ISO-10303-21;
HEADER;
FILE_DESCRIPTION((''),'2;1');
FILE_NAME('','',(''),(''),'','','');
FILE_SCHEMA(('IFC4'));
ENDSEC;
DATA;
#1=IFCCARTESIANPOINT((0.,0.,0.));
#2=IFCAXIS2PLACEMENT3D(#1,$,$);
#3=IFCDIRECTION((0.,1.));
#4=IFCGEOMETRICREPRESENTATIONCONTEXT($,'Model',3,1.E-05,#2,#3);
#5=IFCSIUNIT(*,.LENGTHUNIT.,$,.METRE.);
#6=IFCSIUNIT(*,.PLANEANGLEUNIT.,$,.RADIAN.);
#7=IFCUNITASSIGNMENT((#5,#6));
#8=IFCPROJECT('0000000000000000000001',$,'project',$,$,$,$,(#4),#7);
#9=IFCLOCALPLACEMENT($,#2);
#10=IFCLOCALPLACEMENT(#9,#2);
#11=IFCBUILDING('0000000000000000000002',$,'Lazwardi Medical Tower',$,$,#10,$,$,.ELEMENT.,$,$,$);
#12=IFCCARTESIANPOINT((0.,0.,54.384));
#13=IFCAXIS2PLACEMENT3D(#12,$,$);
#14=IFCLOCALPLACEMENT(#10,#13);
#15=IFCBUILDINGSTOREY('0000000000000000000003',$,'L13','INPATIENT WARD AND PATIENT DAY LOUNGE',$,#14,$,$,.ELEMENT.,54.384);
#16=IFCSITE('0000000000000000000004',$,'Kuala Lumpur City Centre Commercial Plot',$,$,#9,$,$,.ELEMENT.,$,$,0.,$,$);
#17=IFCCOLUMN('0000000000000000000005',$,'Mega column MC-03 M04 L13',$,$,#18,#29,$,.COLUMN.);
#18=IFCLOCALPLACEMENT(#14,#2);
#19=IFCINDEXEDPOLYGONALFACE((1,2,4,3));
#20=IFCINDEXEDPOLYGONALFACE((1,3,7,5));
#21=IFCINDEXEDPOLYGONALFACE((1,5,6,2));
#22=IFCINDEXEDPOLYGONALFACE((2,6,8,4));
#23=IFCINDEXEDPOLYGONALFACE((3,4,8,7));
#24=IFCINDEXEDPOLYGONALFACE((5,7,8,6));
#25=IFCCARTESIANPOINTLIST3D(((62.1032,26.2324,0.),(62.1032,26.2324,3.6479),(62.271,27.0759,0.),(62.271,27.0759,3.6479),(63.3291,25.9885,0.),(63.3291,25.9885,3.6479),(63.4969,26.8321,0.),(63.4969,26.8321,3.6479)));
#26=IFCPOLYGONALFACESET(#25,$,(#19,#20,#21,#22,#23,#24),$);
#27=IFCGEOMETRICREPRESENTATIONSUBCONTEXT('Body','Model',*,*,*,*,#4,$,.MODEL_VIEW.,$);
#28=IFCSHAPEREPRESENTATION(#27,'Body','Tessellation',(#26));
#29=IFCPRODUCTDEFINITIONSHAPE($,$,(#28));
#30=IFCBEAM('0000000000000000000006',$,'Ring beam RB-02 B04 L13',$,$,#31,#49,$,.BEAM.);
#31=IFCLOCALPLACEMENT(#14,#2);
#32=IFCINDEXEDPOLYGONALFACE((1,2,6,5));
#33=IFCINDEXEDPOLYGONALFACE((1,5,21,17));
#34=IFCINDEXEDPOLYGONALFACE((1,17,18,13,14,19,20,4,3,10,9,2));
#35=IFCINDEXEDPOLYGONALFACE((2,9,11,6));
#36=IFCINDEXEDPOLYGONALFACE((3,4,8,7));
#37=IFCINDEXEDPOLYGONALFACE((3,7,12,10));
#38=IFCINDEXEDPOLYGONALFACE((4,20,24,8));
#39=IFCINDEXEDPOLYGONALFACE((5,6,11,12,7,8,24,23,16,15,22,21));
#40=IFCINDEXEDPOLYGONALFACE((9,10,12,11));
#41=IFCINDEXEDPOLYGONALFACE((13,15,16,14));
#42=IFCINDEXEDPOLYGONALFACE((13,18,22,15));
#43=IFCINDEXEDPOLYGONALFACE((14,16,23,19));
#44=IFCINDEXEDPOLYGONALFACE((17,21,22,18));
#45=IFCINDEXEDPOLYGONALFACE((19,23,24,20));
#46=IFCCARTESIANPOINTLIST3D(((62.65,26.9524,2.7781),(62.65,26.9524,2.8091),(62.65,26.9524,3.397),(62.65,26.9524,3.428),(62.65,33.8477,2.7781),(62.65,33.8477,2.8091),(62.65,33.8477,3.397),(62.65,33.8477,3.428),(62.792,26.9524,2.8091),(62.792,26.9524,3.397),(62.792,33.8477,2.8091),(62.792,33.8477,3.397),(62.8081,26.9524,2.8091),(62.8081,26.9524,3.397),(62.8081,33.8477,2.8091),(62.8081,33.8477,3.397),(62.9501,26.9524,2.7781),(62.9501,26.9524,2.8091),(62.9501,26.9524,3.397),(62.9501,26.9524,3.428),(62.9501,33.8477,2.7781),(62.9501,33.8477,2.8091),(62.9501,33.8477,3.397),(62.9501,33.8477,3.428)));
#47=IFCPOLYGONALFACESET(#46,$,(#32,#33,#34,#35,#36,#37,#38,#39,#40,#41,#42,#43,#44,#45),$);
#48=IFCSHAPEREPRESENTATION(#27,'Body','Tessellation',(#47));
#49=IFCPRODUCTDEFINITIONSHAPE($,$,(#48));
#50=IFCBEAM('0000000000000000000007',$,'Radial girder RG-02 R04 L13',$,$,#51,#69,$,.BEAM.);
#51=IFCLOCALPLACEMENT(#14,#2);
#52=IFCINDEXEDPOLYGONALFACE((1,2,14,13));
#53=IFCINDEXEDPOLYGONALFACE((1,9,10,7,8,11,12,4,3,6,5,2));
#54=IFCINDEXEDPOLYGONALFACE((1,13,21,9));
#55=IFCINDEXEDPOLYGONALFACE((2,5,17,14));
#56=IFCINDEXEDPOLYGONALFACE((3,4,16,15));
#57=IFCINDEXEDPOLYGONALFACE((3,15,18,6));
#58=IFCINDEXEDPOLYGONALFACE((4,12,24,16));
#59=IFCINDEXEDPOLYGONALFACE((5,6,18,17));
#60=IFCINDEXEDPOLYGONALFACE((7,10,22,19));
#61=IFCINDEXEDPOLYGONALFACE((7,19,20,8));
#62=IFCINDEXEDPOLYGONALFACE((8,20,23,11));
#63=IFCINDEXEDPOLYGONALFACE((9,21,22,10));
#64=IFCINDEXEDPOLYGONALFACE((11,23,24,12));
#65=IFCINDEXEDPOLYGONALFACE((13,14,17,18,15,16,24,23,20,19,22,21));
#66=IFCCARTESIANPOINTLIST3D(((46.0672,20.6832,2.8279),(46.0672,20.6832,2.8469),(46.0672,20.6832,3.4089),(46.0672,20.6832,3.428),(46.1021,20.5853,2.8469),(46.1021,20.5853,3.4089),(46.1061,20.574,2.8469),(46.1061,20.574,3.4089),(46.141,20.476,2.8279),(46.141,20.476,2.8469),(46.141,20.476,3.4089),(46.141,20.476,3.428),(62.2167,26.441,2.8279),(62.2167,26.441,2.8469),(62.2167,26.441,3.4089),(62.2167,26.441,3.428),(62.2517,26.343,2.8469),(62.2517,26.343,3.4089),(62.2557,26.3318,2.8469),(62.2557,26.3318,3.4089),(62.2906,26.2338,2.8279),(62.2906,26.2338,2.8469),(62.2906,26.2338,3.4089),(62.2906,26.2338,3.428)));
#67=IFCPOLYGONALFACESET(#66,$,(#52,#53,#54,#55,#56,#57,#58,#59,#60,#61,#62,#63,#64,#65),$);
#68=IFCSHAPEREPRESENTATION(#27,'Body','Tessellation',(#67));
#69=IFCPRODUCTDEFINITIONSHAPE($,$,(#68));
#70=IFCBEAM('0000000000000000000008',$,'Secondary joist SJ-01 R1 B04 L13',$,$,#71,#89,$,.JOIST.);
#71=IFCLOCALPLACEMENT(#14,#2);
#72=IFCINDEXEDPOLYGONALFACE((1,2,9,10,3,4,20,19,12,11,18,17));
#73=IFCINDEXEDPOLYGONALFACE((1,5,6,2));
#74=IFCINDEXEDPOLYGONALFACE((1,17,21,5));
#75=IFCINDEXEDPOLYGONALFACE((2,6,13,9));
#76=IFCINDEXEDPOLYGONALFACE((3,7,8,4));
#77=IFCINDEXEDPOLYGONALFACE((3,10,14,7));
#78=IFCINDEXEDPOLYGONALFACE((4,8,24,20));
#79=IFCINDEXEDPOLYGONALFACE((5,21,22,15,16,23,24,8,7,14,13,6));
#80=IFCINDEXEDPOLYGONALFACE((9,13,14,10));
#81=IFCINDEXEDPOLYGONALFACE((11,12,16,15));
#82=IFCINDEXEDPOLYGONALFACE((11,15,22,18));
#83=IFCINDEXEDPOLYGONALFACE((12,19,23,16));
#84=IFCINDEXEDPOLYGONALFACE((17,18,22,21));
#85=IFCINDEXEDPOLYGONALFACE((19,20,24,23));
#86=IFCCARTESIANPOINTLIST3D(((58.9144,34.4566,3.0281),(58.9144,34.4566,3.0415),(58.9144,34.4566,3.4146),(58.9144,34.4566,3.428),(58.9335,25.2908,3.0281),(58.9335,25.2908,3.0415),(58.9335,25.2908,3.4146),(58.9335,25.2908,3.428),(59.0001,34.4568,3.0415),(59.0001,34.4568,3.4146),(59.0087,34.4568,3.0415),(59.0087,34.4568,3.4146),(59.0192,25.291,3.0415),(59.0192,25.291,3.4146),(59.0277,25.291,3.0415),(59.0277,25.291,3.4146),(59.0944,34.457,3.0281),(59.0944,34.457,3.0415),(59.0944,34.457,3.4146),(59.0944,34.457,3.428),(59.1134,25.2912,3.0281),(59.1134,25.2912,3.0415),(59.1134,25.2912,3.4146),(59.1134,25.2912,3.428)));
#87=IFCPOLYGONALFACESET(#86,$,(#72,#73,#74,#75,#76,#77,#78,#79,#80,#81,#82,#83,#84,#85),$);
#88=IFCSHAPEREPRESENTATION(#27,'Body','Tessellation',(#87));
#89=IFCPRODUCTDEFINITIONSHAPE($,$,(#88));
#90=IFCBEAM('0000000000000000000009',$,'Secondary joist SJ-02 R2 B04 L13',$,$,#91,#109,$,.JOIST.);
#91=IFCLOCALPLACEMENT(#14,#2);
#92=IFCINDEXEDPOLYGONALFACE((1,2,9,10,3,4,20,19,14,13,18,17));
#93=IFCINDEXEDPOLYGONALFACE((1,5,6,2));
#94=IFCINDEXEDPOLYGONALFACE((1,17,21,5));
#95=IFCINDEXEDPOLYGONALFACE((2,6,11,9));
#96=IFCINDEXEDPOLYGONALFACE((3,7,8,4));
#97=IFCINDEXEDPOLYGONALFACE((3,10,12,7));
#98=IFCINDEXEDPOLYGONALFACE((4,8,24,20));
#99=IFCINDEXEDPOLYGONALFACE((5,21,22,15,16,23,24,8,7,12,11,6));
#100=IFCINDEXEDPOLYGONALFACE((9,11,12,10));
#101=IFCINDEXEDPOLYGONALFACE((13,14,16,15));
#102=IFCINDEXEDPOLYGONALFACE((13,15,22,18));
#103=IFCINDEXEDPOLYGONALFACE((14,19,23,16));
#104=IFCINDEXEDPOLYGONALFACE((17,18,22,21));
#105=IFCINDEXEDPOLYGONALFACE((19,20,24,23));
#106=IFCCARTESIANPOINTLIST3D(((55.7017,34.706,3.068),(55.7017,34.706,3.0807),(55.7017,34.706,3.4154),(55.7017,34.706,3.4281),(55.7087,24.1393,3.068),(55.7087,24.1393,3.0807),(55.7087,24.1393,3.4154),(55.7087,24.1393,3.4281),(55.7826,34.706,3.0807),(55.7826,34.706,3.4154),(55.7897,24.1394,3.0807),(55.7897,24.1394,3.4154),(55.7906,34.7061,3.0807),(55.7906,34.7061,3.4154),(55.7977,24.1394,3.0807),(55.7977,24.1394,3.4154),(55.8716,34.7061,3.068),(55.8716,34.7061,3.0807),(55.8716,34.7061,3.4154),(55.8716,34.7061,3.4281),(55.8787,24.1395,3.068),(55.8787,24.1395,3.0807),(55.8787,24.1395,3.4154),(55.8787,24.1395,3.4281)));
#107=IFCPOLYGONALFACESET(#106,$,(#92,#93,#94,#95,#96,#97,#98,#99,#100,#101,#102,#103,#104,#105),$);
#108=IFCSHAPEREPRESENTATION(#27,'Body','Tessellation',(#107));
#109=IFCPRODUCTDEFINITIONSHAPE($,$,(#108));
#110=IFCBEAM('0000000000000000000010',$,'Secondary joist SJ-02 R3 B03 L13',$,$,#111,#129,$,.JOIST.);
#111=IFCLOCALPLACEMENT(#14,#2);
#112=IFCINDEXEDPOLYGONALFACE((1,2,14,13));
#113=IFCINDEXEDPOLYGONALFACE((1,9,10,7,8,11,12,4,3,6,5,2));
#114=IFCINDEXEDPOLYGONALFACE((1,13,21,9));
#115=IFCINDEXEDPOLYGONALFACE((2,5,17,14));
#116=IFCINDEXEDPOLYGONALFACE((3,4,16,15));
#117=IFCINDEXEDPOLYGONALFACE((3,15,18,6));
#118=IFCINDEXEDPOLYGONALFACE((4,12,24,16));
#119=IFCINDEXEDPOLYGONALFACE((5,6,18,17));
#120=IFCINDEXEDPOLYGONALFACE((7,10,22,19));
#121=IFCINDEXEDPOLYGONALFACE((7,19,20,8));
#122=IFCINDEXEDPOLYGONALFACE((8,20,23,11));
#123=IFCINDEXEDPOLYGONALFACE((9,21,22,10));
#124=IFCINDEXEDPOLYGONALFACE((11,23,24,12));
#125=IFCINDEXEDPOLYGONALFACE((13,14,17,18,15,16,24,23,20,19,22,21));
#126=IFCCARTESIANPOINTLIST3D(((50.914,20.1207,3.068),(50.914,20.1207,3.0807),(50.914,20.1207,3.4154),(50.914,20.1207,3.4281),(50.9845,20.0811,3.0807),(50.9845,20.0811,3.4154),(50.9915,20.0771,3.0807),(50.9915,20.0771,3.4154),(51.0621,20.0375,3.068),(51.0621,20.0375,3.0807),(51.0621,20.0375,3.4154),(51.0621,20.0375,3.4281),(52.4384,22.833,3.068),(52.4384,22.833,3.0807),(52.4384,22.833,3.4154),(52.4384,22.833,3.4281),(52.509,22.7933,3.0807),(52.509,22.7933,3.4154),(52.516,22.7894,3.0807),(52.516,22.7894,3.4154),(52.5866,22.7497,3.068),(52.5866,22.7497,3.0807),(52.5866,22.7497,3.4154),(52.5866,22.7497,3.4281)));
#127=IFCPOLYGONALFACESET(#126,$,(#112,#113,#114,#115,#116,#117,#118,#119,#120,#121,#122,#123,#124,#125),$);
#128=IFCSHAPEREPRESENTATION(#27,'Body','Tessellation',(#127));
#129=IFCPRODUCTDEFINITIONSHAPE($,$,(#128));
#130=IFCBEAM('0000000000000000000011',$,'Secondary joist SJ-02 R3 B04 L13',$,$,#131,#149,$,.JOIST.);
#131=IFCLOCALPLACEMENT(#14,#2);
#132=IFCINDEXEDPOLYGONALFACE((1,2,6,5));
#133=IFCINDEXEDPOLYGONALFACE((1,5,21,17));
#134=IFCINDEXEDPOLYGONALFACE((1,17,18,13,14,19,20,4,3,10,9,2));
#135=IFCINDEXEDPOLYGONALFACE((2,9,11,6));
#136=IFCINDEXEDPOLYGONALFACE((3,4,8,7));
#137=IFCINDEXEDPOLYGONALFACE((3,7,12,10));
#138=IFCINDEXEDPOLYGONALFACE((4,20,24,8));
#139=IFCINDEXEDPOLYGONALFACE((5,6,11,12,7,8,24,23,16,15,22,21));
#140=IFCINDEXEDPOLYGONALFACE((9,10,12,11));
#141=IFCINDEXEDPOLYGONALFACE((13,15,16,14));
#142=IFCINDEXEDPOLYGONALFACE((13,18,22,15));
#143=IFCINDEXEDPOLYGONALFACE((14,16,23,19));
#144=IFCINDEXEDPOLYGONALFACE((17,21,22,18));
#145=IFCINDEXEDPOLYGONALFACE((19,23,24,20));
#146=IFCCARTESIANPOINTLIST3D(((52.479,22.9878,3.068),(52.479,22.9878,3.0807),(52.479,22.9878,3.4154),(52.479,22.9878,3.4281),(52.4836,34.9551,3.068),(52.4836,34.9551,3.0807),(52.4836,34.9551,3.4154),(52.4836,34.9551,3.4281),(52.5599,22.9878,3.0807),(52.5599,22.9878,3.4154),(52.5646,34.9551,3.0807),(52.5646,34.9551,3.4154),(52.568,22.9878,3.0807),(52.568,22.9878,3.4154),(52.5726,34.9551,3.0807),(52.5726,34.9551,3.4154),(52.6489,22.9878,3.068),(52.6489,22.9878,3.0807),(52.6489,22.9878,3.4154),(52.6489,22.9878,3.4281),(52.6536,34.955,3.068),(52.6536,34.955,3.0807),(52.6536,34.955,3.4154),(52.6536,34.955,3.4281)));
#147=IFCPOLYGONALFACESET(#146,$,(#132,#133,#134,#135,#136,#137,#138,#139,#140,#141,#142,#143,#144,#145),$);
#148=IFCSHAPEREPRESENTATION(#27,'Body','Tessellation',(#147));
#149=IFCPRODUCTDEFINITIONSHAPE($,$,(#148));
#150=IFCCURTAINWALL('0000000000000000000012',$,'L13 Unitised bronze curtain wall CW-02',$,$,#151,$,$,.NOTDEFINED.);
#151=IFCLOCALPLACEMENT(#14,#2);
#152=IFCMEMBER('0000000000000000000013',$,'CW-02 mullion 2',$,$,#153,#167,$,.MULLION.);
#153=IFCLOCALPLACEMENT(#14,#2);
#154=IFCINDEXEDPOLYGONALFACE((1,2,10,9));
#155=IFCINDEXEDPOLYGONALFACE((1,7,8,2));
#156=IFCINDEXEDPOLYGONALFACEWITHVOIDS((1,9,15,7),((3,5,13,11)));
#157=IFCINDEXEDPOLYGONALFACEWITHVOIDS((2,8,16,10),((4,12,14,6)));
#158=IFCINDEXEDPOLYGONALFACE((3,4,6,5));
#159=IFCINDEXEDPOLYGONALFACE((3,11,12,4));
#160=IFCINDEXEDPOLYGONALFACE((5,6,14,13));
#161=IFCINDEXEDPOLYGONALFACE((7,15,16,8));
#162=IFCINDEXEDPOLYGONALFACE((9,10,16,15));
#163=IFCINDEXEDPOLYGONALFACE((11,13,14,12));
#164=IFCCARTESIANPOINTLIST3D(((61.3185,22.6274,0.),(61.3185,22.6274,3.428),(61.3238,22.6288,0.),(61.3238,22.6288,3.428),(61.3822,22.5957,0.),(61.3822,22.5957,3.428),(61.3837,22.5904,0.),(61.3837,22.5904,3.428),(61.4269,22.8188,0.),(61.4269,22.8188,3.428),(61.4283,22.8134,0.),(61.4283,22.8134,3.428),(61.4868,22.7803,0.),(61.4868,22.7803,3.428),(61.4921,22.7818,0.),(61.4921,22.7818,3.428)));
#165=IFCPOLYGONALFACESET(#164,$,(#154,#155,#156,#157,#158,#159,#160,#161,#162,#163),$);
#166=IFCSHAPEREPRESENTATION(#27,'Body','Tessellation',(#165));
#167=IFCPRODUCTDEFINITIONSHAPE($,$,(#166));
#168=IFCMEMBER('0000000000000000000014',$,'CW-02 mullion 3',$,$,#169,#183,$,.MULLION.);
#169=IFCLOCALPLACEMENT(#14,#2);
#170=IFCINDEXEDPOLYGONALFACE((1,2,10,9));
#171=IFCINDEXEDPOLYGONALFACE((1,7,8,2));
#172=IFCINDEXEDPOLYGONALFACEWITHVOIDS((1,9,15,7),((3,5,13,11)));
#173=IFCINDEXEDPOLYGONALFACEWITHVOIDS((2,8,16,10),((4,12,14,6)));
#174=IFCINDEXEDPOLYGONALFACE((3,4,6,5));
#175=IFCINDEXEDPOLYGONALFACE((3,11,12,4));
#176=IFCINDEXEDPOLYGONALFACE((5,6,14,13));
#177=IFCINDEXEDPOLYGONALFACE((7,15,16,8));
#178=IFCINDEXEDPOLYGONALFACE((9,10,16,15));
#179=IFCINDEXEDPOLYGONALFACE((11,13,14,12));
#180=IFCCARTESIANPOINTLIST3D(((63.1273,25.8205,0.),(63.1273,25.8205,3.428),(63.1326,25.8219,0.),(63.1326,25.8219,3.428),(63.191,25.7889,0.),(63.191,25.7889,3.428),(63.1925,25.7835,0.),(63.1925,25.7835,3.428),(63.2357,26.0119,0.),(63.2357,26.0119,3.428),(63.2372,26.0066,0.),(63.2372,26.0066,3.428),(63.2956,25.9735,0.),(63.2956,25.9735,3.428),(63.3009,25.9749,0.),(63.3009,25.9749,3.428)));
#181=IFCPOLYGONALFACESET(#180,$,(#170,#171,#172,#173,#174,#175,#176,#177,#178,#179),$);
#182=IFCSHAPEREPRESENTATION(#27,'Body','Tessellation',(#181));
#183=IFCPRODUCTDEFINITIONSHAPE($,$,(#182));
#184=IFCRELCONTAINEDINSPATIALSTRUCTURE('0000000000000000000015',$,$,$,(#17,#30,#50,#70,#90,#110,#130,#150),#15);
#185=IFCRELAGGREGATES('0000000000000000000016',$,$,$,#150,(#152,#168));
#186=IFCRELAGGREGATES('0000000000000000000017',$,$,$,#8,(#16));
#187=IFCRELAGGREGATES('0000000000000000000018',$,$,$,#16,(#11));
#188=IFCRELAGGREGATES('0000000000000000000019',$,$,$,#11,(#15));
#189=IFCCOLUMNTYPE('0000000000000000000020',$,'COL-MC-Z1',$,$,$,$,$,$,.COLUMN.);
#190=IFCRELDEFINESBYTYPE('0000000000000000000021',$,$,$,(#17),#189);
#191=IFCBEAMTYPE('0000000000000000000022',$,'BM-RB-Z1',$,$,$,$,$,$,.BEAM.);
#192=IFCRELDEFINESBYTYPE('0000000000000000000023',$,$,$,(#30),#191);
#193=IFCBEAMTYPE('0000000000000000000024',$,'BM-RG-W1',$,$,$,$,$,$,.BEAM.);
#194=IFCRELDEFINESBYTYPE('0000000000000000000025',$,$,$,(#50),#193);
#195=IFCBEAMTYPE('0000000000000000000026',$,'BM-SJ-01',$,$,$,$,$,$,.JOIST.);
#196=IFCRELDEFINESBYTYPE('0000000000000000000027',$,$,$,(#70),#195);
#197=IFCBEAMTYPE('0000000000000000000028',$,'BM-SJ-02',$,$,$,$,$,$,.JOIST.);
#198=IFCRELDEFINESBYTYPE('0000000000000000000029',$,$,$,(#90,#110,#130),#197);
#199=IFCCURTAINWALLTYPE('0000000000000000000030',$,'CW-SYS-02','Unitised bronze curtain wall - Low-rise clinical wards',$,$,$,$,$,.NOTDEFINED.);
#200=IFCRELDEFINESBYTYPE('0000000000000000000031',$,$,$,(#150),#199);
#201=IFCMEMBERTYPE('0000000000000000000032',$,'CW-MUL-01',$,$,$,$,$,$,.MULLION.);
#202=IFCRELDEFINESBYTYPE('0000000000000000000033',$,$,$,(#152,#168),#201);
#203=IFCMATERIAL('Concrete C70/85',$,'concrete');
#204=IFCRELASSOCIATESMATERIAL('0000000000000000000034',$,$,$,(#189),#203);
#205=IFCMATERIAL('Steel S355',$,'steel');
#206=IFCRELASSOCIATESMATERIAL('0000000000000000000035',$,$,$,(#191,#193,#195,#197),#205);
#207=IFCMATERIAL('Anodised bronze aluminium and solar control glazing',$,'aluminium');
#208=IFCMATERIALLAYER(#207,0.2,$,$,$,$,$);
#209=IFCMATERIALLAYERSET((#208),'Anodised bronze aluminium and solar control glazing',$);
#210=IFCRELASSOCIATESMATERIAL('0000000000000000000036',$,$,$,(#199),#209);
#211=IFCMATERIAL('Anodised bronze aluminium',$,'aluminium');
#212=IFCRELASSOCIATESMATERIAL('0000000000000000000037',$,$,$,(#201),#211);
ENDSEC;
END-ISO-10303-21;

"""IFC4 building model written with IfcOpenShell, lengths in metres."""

from ifc_helpers import new_model, si_unit, direction, frame, origin, origin_2d, place, context, subcontext, project, spatial, rectangle, hollow_rectangle, i_section, extrude, material, layer, layer_set, material_profile, profile_set, type_object, element, aggregate, save


model = new_model("IFC4")

# Units and contexts
model_context = context("Model", 3, precision=1e-05, world=origin(), true_north=direction((0.0, 1.0)))
body_context = subcontext(model_context, "Body", "Model", "MODEL_VIEW")
ifc_project = project(units=[si_unit("LENGTHUNIT", "METRE"), si_unit("PLANEANGLEUNIT", "RADIAN")], contexts=[model_context])

# Site, building, storey
site_placement = place(None, origin())
site = spatial("IfcSite", under=ifc_project, at=site_placement, Name="Kuala Lumpur City Centre Commercial Plot", CompositionType="ELEMENT", RefElevation=0.0)
building_placement = place(site_placement, origin())
building = spatial("IfcBuilding", under=site, at=building_placement, Name="Lazwardi Medical Tower", CompositionType="ELEMENT")
storey_placement = place(building_placement, frame((0.0, 0.0, 54.384)))
storey = spatial("IfcBuildingStorey", under=building, at=storey_placement, Name="L13", Description="INPATIENT WARD AND PATIENT DAY LOUNGE", CompositionType="ELEMENT", Elevation=54.384)

# Column
ifc_material_1 = material(Name="Concrete C70/85", Category="concrete")
ifc_material_profile_1 = material_profile(ifc_material_1, rectangle(XDim=1.25, YDim=0.8601, at=origin_2d()), Name="CFT-RECT 1250x860")
ifc_profile_set_1 = profile_set([ifc_material_profile_1], Name="Concrete C70/85")
column_type = type_object("IfcColumnType", Name="COL-MC-Z1", PredefinedType="COLUMN", material=ifc_profile_set_1)
column_placement = place(storey_placement, frame((62.8, 26.5322, 0.0), z_axis=(0.0, 0.0, 1.0), x_axis=(0.980785, -0.19509, 0.0)))
element("IfcColumn", 1, at=column_placement, inside=storey, type_object=column_type, Name="Mega column MC-03 M04 L13", PredefinedType="COLUMN", context=body_context, shape_type="SweptSolid", body=[
    extrude(rectangle(XDim=1.25, YDim=0.8601, at=origin_2d()), origin(), (0.0, 0.0, 1.0), 3.6479),
])

# Beams
ifc_material_2 = material(Name="Steel S355", Category="steel")
ifc_material_profile_2 = material_profile(ifc_material_2, i_section(OverallWidth=0.3, OverallDepth=0.6499, WebThickness=0.0161, FlangeThickness=0.031, at=origin_2d()), Name="HEB 650")
ifc_profile_set_2 = profile_set([ifc_material_profile_2], Name="Steel S355")
beam_type_1 = type_object("IfcBeamType", Name="BM-RB-Z1", PredefinedType="BEAM", material=ifc_profile_set_2)
beam_1_placement = place(storey_placement, frame((62.8, 26.9524, 3.103), z_axis=(0.0, 1.0, 0.0), x_axis=(-1.0, 0.0, 0.0)))
element("IfcBeam", 2, at=beam_1_placement, inside=storey, type_object=beam_type_1, Name="Ring beam RB-02 B04 L13", PredefinedType="BEAM", context=body_context, shape_type="SweptSolid", body=[
    extrude(i_section(OverallWidth=0.3, OverallDepth=0.6499, WebThickness=0.0161, FlangeThickness=0.031, at=origin_2d()), origin(), (0.0, 0.0, 1.0), 6.8953),
])
ifc_material_profile_3 = material_profile(ifc_material_2, i_section(OverallWidth=0.22, OverallDepth=0.6001, WebThickness=0.012, FlangeThickness=0.019, at=origin_2d()), Name="IPE 600")
ifc_profile_set_3 = profile_set([ifc_material_profile_3], Name="Steel S355")
beam_type_2 = type_object("IfcBeamType", Name="BM-RG-W1", PredefinedType="BEAM", material=ifc_profile_set_3)
beam_2_placement = place(storey_placement, frame((62.2537, 26.3374, 3.1279), z_axis=(-0.941925, -0.335823, 0.0), x_axis=(0.335823, -0.941925, 0.0)))
element("IfcBeam", 3, at=beam_2_placement, inside=storey, type_object=beam_type_2, Name="Radial girder RG-02 R04 L13", PredefinedType="BEAM", context=body_context, shape_type="SweptSolid", body=[
    extrude(i_section(OverallWidth=0.22, OverallDepth=0.6001, WebThickness=0.012, FlangeThickness=0.019, at=origin_2d()), origin(), (0.0, 0.0, 1.0), 17.1453),
])
ifc_material_profile_4 = material_profile(ifc_material_2, i_section(OverallWidth=0.1799, OverallDepth=0.3999, WebThickness=0.0085, FlangeThickness=0.0134, at=origin_2d()), Name="IPE 400")
ifc_profile_set_4 = profile_set([ifc_material_profile_4], Name="Steel S355")
beam_type_3 = type_object("IfcBeamType", Name="BM-SJ-01", PredefinedType="JOIST", material=ifc_profile_set_4)
beam_3_placement = place(storey_placement, frame((59.0234, 25.291, 3.228), z_axis=(-0.002078, 0.999998, 0.0), x_axis=(-0.999998, -0.002078, 0.0)))
element("IfcBeam", 4, at=beam_3_placement, inside=storey, type_object=beam_type_3, Name="Secondary joist SJ-01 R1 B04 L13", PredefinedType="JOIST", context=body_context, shape_type="SweptSolid", body=[
    extrude(i_section(OverallWidth=0.1799, OverallDepth=0.3999, WebThickness=0.0085, FlangeThickness=0.0134, at=origin_2d()), origin(), (0.0, 0.0, 1.0), 9.1658),
])
ifc_material_profile_5 = material_profile(ifc_material_2, i_section(OverallWidth=0.1699, OverallDepth=0.3601, WebThickness=0.0081, FlangeThickness=0.0127, at=origin_2d()), Name="IPE 360")
ifc_profile_set_5 = profile_set([ifc_material_profile_5], Name="Steel S355")
beam_type_4 = type_object("IfcBeamType", Name="BM-SJ-02", PredefinedType="JOIST", material=ifc_profile_set_5)
beam_4_placement = place(storey_placement, frame((55.7937, 24.1394, 3.248), z_axis=(-0.00067, 1.0, 0.0), x_axis=(-1.0, -0.00067, 0.0)))
element("IfcBeam", 5, at=beam_4_placement, inside=storey, type_object=beam_type_4, Name="Secondary joist SJ-02 R2 B04 L13", PredefinedType="JOIST", context=body_context, shape_type="SweptSolid", body=[
    extrude(i_section(OverallWidth=0.1699, OverallDepth=0.3601, WebThickness=0.0081, FlangeThickness=0.0127, at=origin_2d()), origin(), (0.0, 0.0, 1.0), 10.5667),
])
beam_5_placement = place(storey_placement, frame((50.988, 20.0791, 3.248), z_axis=(0.489974, 0.871737, 0.0), x_axis=(-0.871737, 0.489974, 0.0)))
element("IfcBeam", 6, at=beam_5_placement, inside=storey, type_object=beam_type_4, Name="Secondary joist SJ-02 R3 B03 L13", PredefinedType="JOIST", context=body_context, shape_type="SweptSolid", body=[
    extrude(i_section(OverallWidth=0.1699, OverallDepth=0.3601, WebThickness=0.0081, FlangeThickness=0.0127, at=origin_2d()), origin(), (0.0, 0.0, 1.0), 3.1113),
])
beam_6_placement = place(storey_placement, frame((52.564, 22.9878, 3.248), z_axis=(0.000388, 1.0, 0.0), x_axis=(-1.0, 0.000388, 0.0)))
element("IfcBeam", 7, at=beam_6_placement, inside=storey, type_object=beam_type_4, Name="Secondary joist SJ-02 R3 B04 L13", PredefinedType="JOIST", context=body_context, shape_type="SweptSolid", body=[
    extrude(i_section(OverallWidth=0.1699, OverallDepth=0.3601, WebThickness=0.0081, FlangeThickness=0.0127, at=origin_2d()), origin(), (0.0, 0.0, 1.0), 11.9673),
])

# Curtain wall, members
ifc_material_3 = material(Name="Anodised bronze aluminium and solar control glazing", Category="aluminium")
ifc_layer_1 = layer(ifc_material_3, 0.2)
ifc_layer_set_1 = layer_set([ifc_layer_1], Name="Anodised bronze aluminium and solar control glazing")
curtain_wall_type = type_object("IfcCurtainWallType", Name="CW-SYS-02", Description="Unitised bronze curtain wall - Low-rise clinical wards", PredefinedType="NOTDEFINED", material=ifc_layer_set_1)
curtain_wall_1_placement = place(storey_placement, origin())
curtain_wall_1 = element("IfcCurtainWall", 8, at=curtain_wall_1_placement, inside=storey, type_object=curtain_wall_type, Name="L13 Unitised bronze curtain wall CW-02", PredefinedType="NOTDEFINED")
ifc_material_4 = material(Name="Anodised bronze aluminium", Category="aluminium")
ifc_material_profile_6 = material_profile(ifc_material_4, hollow_rectangle(XDim=0.075, YDim=0.22, WallThickness=0.0039, at=origin_2d()), Name="ALU-MULLION 220x75x4")
ifc_profile_set_6 = profile_set([ifc_material_profile_6], Name="Anodised bronze aluminium")
member_type_1 = type_object("IfcMemberType", Name="CW-MUL-01", PredefinedType="MULLION", material=ifc_profile_set_6)
member_1_placement = place(storey_placement, frame((61.4053, 22.7046, 0.0), z_axis=(0.0, 0.0, 1.0), x_axis=(-0.870112, 0.492854, 0.0)))
member_1 = element("IfcMember", 9, at=member_1_placement, type_object=member_type_1, Name="CW-02 mullion 2", PredefinedType="MULLION", context=body_context, shape_type="SweptSolid", body=[
    extrude(hollow_rectangle(XDim=0.075, YDim=0.22, WallThickness=0.0039, at=origin_2d()), origin(), (0.0, 0.0, 1.0), 3.428),
])
member_2_placement = place(storey_placement, frame((63.2141, 25.8977, 0.0), z_axis=(0.0, 0.0, 1.0), x_axis=(-0.870112, 0.492854, 0.0)))
member_2 = element("IfcMember", 10, at=member_2_placement, type_object=member_type_1, Name="CW-02 mullion 3", PredefinedType="MULLION", context=body_context, shape_type="SweptSolid", body=[
    extrude(hollow_rectangle(XDim=0.075, YDim=0.22, WallThickness=0.0039, at=origin_2d()), origin(), (0.0, 0.0, 1.0), 3.428),
])

aggregate(curtain_wall_1, [member_1, member_2])

save(model, "model.ifc")
